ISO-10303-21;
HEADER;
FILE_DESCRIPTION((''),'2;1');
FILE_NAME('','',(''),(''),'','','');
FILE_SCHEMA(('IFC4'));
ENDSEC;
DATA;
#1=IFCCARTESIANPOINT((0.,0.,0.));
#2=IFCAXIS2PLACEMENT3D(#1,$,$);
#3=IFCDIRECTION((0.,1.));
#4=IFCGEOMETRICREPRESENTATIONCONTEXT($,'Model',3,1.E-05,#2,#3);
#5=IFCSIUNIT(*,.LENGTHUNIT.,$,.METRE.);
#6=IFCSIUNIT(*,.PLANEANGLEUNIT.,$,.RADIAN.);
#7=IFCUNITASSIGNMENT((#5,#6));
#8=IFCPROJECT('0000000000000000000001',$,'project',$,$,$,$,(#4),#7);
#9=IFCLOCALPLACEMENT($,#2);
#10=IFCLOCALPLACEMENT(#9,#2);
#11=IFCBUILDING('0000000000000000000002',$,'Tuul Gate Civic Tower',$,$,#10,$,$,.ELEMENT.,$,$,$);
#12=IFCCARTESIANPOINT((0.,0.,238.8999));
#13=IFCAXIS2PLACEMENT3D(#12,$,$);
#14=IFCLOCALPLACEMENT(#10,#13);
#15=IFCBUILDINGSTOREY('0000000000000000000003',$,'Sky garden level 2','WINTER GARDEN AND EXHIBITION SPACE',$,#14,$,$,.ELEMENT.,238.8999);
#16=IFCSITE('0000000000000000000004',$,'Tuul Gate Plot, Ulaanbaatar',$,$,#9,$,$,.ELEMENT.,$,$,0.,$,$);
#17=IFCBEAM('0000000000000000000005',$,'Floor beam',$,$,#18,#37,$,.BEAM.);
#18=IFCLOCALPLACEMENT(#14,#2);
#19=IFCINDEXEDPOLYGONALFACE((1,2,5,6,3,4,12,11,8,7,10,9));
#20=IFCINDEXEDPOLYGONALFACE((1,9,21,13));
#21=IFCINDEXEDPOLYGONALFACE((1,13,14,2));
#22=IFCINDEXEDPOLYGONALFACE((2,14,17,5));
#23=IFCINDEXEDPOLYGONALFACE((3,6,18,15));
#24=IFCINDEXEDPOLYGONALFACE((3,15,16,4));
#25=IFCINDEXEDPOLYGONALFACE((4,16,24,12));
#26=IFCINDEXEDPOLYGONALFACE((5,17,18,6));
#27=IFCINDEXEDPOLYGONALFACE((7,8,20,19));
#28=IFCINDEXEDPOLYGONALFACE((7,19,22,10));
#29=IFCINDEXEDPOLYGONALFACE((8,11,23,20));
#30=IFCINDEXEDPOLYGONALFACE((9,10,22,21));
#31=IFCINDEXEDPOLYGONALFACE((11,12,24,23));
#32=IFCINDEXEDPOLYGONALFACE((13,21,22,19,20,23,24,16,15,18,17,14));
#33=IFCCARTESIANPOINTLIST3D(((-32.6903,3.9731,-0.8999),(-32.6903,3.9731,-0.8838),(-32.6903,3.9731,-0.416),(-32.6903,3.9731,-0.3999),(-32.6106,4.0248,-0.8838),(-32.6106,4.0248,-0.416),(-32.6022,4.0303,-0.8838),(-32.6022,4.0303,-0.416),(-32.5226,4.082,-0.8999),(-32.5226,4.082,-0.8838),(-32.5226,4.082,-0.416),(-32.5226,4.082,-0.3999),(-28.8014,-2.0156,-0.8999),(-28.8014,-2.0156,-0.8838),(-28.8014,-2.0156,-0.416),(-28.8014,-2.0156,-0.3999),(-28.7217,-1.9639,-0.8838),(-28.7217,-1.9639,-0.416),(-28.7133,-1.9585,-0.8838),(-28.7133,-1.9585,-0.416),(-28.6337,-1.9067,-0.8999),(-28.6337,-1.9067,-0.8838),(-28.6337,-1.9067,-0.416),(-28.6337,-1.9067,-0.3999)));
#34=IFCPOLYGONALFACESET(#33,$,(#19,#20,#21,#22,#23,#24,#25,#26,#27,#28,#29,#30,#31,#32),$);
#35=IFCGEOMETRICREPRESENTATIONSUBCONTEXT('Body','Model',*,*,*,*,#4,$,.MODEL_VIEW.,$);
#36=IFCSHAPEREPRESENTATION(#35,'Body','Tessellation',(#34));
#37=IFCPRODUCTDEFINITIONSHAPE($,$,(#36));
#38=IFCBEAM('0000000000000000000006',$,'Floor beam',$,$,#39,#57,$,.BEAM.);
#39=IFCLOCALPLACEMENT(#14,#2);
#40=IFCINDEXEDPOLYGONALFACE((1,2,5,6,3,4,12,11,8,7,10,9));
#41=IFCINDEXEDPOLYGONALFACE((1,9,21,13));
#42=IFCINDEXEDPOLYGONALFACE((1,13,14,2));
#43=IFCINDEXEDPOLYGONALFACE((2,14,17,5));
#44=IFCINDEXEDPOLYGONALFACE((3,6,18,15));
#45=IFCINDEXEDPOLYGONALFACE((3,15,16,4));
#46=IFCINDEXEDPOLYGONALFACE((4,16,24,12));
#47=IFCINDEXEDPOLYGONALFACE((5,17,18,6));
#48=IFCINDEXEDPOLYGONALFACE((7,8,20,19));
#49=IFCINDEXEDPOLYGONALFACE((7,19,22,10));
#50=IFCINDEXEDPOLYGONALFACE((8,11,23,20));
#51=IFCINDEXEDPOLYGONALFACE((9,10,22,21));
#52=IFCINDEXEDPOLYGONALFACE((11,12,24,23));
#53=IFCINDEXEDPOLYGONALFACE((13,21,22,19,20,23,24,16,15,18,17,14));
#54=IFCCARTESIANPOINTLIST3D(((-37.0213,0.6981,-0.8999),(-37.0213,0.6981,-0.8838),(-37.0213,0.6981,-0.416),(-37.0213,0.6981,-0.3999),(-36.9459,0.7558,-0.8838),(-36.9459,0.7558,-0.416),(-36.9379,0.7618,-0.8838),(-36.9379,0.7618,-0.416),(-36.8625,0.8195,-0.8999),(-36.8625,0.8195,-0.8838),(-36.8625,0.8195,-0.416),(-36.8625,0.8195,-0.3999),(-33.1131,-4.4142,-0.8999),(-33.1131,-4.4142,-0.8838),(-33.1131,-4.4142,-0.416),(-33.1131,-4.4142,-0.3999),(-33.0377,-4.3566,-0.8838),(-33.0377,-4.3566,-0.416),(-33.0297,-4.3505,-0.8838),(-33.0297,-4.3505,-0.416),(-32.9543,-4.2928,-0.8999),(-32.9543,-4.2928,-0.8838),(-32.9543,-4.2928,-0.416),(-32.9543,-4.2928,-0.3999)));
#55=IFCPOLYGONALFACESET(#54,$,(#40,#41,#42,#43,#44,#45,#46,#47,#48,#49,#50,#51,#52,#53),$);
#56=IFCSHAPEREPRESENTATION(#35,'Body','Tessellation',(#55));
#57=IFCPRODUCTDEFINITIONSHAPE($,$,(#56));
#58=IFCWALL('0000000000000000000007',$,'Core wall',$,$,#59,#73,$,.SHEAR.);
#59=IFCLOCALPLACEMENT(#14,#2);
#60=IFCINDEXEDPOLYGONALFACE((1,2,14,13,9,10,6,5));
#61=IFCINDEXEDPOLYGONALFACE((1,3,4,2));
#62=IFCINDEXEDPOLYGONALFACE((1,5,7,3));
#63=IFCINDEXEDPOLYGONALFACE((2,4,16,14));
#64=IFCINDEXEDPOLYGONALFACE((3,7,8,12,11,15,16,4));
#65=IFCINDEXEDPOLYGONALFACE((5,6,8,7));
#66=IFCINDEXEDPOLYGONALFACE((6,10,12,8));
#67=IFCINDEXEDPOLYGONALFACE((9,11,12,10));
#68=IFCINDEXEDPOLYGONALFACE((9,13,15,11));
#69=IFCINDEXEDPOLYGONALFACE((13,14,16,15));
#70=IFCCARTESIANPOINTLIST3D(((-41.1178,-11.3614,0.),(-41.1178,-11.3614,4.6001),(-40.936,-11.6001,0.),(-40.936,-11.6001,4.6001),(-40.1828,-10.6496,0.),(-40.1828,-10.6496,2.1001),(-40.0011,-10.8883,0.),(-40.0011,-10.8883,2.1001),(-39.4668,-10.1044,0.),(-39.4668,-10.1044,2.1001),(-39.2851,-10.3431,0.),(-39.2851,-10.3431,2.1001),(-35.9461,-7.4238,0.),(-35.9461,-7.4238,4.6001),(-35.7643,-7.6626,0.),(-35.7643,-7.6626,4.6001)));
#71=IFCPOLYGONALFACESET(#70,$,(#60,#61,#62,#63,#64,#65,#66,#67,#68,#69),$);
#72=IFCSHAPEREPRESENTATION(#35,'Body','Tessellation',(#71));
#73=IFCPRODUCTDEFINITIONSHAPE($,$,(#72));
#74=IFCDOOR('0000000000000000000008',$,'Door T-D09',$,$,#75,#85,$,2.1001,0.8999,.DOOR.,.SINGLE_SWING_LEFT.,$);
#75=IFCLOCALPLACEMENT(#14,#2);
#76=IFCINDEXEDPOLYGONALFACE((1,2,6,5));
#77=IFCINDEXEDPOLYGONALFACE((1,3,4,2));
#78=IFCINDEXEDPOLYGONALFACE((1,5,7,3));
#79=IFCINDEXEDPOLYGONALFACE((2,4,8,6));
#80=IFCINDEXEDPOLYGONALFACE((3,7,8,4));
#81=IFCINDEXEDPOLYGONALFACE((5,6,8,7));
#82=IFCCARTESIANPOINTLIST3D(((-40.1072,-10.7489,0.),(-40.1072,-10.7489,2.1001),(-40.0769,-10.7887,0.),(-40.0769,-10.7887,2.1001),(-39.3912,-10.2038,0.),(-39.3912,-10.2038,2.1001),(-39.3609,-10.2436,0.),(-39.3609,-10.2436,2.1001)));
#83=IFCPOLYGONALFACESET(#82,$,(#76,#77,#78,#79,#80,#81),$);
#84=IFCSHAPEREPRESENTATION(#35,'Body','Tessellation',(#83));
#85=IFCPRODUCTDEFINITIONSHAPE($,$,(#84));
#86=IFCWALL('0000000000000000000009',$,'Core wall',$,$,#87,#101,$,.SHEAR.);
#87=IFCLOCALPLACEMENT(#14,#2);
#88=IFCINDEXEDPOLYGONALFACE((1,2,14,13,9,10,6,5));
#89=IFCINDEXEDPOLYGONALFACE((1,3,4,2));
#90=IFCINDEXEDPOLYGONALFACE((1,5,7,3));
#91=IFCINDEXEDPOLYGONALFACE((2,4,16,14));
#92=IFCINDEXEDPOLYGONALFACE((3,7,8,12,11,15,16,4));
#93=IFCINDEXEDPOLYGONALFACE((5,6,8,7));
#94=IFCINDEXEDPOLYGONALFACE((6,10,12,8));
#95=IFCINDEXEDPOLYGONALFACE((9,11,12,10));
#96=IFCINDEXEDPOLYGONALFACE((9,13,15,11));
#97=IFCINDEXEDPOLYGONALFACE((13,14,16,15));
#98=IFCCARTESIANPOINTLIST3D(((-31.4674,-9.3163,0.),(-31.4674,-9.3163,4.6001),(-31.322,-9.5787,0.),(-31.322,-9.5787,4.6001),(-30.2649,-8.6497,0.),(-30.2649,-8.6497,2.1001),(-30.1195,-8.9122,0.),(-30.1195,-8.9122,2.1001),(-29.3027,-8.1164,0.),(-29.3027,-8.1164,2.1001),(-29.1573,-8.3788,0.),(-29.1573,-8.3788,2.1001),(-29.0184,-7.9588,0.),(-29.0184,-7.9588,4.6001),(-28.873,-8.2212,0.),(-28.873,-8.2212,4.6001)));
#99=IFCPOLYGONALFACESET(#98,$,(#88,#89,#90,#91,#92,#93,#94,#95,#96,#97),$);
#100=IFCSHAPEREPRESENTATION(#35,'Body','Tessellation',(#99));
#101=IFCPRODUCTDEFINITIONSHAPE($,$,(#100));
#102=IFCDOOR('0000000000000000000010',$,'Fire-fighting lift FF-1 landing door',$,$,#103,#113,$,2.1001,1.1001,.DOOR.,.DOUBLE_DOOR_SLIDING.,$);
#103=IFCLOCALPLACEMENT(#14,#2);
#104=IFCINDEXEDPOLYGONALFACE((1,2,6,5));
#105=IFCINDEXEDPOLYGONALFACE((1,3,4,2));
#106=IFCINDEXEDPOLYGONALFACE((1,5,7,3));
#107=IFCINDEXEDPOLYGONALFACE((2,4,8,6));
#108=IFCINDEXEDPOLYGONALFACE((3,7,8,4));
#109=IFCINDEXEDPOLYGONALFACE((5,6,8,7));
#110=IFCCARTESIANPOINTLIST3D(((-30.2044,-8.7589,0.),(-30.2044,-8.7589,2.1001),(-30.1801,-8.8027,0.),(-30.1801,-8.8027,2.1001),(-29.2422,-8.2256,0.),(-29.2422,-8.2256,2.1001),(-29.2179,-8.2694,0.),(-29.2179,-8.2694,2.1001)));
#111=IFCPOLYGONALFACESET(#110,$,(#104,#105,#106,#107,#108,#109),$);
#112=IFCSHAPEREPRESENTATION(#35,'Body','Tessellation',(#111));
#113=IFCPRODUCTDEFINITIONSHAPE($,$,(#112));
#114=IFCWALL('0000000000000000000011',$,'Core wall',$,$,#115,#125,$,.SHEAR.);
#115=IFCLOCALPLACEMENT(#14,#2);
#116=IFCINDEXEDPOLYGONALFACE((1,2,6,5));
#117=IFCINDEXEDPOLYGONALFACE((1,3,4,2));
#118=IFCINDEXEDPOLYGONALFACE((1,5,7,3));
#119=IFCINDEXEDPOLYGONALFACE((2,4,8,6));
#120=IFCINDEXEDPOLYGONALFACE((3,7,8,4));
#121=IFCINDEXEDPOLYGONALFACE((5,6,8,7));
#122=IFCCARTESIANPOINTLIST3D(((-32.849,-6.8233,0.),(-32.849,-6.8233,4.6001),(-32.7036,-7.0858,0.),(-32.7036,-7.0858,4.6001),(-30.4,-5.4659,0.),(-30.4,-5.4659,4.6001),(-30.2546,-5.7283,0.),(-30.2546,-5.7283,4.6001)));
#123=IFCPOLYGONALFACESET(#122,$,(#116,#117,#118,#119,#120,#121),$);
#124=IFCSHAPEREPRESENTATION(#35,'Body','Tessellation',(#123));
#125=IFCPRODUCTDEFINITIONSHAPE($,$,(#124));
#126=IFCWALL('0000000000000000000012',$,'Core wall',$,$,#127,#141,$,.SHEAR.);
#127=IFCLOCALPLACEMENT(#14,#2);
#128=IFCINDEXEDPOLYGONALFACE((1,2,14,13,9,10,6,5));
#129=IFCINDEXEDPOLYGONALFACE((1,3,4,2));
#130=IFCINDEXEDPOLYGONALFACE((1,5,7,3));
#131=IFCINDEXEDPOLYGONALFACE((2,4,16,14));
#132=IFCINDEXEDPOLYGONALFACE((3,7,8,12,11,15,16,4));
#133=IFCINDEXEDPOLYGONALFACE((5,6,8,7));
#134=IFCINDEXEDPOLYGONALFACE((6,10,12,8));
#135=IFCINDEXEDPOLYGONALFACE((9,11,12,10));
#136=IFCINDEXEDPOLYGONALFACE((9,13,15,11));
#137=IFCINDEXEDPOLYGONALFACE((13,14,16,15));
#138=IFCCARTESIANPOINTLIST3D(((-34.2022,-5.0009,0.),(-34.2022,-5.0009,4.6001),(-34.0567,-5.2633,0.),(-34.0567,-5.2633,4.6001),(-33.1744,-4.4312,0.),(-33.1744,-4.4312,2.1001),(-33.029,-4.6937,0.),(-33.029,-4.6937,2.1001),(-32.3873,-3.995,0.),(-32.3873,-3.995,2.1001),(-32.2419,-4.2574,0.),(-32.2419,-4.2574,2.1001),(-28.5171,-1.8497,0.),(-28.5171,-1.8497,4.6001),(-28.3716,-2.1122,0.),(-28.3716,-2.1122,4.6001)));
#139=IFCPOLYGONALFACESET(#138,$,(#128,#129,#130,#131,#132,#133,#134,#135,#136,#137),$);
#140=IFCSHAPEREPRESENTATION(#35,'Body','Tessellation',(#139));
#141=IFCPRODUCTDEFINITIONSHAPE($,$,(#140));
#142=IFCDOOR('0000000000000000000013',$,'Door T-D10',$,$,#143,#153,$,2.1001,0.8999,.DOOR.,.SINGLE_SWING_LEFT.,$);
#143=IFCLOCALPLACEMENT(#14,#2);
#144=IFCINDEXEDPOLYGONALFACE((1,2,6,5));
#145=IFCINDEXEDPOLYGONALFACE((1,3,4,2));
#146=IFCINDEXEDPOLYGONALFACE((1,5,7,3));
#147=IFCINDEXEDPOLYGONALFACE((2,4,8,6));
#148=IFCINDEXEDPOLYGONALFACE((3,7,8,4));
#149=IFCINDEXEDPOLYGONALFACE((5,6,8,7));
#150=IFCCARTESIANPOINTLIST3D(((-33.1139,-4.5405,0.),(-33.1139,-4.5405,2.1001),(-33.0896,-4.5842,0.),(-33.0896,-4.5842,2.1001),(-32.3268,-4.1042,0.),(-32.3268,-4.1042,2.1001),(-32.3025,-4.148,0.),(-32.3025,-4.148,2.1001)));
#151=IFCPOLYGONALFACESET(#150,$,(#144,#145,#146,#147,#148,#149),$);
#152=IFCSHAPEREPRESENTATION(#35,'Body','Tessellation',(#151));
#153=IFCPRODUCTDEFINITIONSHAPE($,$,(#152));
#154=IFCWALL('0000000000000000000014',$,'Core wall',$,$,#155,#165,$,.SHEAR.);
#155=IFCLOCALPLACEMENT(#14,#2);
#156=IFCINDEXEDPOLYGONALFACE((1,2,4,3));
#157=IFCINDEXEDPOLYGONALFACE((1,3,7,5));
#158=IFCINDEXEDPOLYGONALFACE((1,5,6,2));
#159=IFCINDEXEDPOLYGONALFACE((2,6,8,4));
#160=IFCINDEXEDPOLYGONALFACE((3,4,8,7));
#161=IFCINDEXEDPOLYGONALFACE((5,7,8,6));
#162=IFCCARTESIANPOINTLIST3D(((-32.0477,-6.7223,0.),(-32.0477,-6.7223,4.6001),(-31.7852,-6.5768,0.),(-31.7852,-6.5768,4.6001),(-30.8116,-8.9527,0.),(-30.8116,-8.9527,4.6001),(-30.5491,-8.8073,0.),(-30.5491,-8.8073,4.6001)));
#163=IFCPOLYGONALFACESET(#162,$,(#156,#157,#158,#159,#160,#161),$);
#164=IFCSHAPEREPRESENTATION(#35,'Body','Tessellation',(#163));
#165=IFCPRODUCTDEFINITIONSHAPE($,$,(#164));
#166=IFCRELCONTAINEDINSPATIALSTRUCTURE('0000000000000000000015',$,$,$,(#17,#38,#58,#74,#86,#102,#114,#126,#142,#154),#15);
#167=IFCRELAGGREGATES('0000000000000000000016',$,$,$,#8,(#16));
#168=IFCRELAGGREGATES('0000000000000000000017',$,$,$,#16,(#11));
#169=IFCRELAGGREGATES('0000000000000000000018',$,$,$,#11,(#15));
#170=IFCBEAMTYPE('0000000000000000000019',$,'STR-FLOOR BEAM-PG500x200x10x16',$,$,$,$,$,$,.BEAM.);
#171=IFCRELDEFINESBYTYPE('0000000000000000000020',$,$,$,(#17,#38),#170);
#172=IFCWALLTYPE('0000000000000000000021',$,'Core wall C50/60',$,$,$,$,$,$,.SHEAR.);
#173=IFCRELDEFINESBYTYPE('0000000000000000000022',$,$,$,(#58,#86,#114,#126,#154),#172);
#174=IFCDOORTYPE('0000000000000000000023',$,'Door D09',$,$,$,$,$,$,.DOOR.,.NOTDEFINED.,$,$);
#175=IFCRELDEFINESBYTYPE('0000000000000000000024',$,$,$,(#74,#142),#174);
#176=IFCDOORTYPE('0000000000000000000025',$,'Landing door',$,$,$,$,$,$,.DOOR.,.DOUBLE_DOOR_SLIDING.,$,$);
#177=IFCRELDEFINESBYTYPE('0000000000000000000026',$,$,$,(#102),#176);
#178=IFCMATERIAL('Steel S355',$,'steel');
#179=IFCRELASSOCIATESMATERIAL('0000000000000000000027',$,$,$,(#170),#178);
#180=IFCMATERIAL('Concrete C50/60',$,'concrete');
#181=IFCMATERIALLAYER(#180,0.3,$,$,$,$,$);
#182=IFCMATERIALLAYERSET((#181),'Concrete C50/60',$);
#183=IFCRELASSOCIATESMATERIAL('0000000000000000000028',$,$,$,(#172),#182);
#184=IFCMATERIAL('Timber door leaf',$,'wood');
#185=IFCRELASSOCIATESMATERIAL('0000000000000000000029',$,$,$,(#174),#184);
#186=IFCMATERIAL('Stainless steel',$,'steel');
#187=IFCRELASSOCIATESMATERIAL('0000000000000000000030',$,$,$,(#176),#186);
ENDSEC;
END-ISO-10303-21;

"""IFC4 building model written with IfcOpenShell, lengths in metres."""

from ifc_helpers import new_model, si_unit, direction, frame, frame_2d, origin, origin_2d, place, context, subcontext, project, spatial, rectangle, i_section, extrude, material, layer, layer_set, material_profile, profile_set, type_object, element, fill, save


model = new_model("IFC4")

# Units and contexts
model_context = context("Model", 3, precision=1e-05, world=origin(), true_north=direction((0.0, 1.0)))
body_context = subcontext(model_context, "Body", "Model", "MODEL_VIEW")
ifc_project = project(units=[si_unit("LENGTHUNIT", "METRE"), si_unit("PLANEANGLEUNIT", "RADIAN")], contexts=[model_context])

# Site, building, storey
site_placement = place(None, origin())
site = spatial("IfcSite", under=ifc_project, at=site_placement, Name="Tuul Gate Plot, Ulaanbaatar", CompositionType="ELEMENT", RefElevation=0.0)
building_placement = place(site_placement, origin())
building = spatial("IfcBuilding", under=site, at=building_placement, Name="Tuul Gate Civic Tower", CompositionType="ELEMENT")
storey_placement = place(building_placement, frame((0.0, 0.0, 238.8999)))
storey = spatial("IfcBuildingStorey", under=building, at=storey_placement, Name="Sky garden level 2", Description="WINTER GARDEN AND EXHIBITION SPACE", CompositionType="ELEMENT", Elevation=238.8999)

# Beams
ifc_material_1 = material(Name="Steel S355", Category="steel")
ifc_material_profile = material_profile(ifc_material_1, i_section(OverallWidth=0.2, OverallDepth=0.5, WebThickness=0.01, FlangeThickness=0.0161, at=origin_2d()), Name="PG500x200x10x16")
ifc_profile_set = profile_set([ifc_material_profile], Name="Steel S355")
beam_type = type_object("IfcBeamType", Name="STR-FLOOR BEAM-PG500x200x10x16", PredefinedType="BEAM", material=ifc_profile_set)
beam_1_placement = place(storey_placement, frame((-28.7175, -1.9612, -0.6499), z_axis=(-0.544616, 0.838686, 0.0), x_axis=(-0.838686, -0.544616, 0.0)))
element("IfcBeam", 1, at=beam_1_placement, inside=storey, type_object=beam_type, Name="Floor beam", PredefinedType="BEAM", context=body_context, shape_type="SweptSolid", body=[
    extrude(i_section(OverallWidth=0.2, OverallDepth=0.5, WebThickness=0.01, FlangeThickness=0.0161, at=origin_2d()), origin(), (0.0, 0.0, 1.0), 7.1406),
])
beam_2_placement = place(storey_placement, frame((-33.0337, -4.3535, -0.6499), z_axis=(-0.607332, 0.794448, 0.0), x_axis=(-0.794448, -0.607332, 0.0)))
element("IfcBeam", 2, at=beam_2_placement, inside=storey, type_object=beam_type, Name="Floor beam", PredefinedType="BEAM", context=body_context, shape_type="SweptSolid", body=[
    extrude(i_section(OverallWidth=0.2, OverallDepth=0.5, WebThickness=0.01, FlangeThickness=0.0161, at=origin_2d()), origin(), (0.0, 0.0, 1.0), 6.4351),
])

# Walls, openings, doors
ifc_material_2 = material(Name="Concrete C50/60", Category="concrete")
ifc_layer_1 = layer(ifc_material_2, 0.3)
ifc_layer_set_1 = layer_set([ifc_layer_1], Name="Concrete C50/60")
wall_type_1 = type_object("IfcWallType", Name="Core wall C50/60", PredefinedType="SHEAR", material=ifc_layer_set_1)
wall_1_placement = place(storey_placement, frame((-35.8552, -7.5432, 0.0), z_axis=(0.0, 0.0, 1.0), x_axis=(-0.795639, -0.605772, 0.0)))
wall_1 = element("IfcWall", 3, at=wall_1_placement, inside=storey, type_object=wall_type_1, Name="Core wall", PredefinedType="SHEAR", context=body_context, shape_type="SweptSolid", body=[
    extrude(rectangle(XDim=6.5, YDim=0.3, at=frame_2d((3.25, 0.0))), origin(), (0.0, 0.0, 1.0), 4.6001),
])
opening_1_placement = place(wall_1_placement, frame((4.425, 0.0, 0.0)))
opening_1 = element("IfcOpeningElement", 4, at=opening_1_placement, cuts=wall_1, PredefinedType="OPENING", context=body_context, shape_type="SweptSolid", body=[
    extrude(rectangle(XDim=0.8999, YDim=2.1001, at=frame_2d((0.45, 1.05))), frame((0.0, 0.1602, 0.0), z_axis=(0.0, -1.0, 0.0), x_axis=(1.0, 0.0, 0.0)), (0.0, 0.0, 1.0), 0.3201),
])
ifc_material_3 = material(Name="Timber door leaf", Category="wood")
door_type_1 = type_object("IfcDoorType", Name="Door D09", OperationType="NOTDEFINED", PredefinedType="DOOR", material=ifc_material_3)
door_1_placement = place(opening_1_placement, origin())
door_1 = element("IfcDoor", 5, at=door_1_placement, inside=storey, type_object=door_type_1, Name="Door T-D09", OperationType="SINGLE_SWING_LEFT", OverallHeight=2.1001, OverallWidth=0.8999, PredefinedType="DOOR", context=body_context, shape_type="SweptSolid", body=[
    extrude(rectangle(XDim=0.8999, YDim=2.1001, at=frame_2d((0.45, 1.05))), frame((0.0, 0.0249, 0.0), z_axis=(0.0, -1.0, 0.0), x_axis=(1.0, 0.0, 0.0)), (0.0, 0.0, 1.0), 0.05),
])
fill(opening_1, door_1)
wall_2_placement = place(storey_placement, frame((-28.9458, -8.0901, 0.0), z_axis=(0.0, 0.0, 1.0), x_axis=(-0.87463, -0.484791, 0.0)))
wall_2 = element("IfcWall", 6, at=wall_2_placement, inside=storey, type_object=wall_type_1, Name="Core wall", PredefinedType="SHEAR", context=body_context, shape_type="SweptSolid", body=[
    extrude(rectangle(XDim=2.8, YDim=0.3, at=frame_2d((1.3999, 0.0))), origin(), (0.0, 0.0, 1.0), 4.6001),
])
opening_2_placement = place(wall_2_placement, frame((0.325, 0.0, 0.0)))
opening_2 = element("IfcOpeningElement", 7, at=opening_2_placement, cuts=wall_2, PredefinedType="OPENING", context=body_context, shape_type="SweptSolid", body=[
    extrude(rectangle(XDim=1.1001, YDim=2.1001, at=frame_2d((0.55, 1.05))), frame((0.0, 0.1602, 0.0), z_axis=(0.0, -1.0, 0.0), x_axis=(1.0, 0.0, 0.0)), (0.0, 0.0, 1.0), 0.3201),
])
ifc_material_4 = material(Name="Stainless steel", Category="steel")
door_type_2 = type_object("IfcDoorType", Name="Landing door", OperationType="DOUBLE_DOOR_SLIDING", PredefinedType="DOOR", material=ifc_material_4)
door_2_placement = place(opening_2_placement, origin())
door_2 = element("IfcDoor", 8, at=door_2_placement, inside=storey, type_object=door_type_2, Name="Fire-fighting lift FF-1 landing door", OperationType="DOUBLE_DOOR_SLIDING", OverallHeight=2.1001, OverallWidth=1.1001, PredefinedType="DOOR", context=body_context, shape_type="SweptSolid", body=[
    extrude(rectangle(XDim=1.1001, YDim=2.1001, at=frame_2d((0.55, 1.05))), frame((0.0, 0.0249, 0.0), z_axis=(0.0, -1.0, 0.0), x_axis=(1.0, 0.0, 0.0)), (0.0, 0.0, 1.0), 0.05),
])
fill(opening_2, door_2)

# Wall
wall_3_placement = place(storey_placement, frame((-30.3274, -5.5972, 0.0), z_axis=(0.0, 0.0, 1.0), x_axis=(-0.87463, -0.484791, 0.0)))
element("IfcWall", 9, at=wall_3_placement, inside=storey, type_object=wall_type_1, Name="Core wall", PredefinedType="SHEAR", context=body_context, shape_type="SweptSolid", body=[
    extrude(rectangle(XDim=2.8, YDim=0.3, at=frame_2d((1.3999, 0.0))), origin(), (0.0, 0.0, 1.0), 4.6001),
])

# Wall, opening, door
wall_4_placement = place(storey_placement, frame((-28.4443, -1.981, 0.0), z_axis=(0.0, 0.0, 1.0), x_axis=(-0.87463, -0.484791, 0.0)))
wall_4 = element("IfcWall", 10, at=wall_4_placement, inside=storey, type_object=wall_type_1, Name="Core wall", PredefinedType="SHEAR", context=body_context, shape_type="SweptSolid", body=[
    extrude(rectangle(XDim=6.5, YDim=0.3, at=frame_2d((3.25, 0.0))), origin(), (0.0, 0.0, 1.0), 4.6001),
])
opening_3_placement = place(wall_4_placement, frame((4.425, 0.0, 0.0)))
opening_3 = element("IfcOpeningElement", 11, at=opening_3_placement, cuts=wall_4, PredefinedType="OPENING", context=body_context, shape_type="SweptSolid", body=[
    extrude(rectangle(XDim=0.8999, YDim=2.1001, at=frame_2d((0.45, 1.05))), frame((0.0, 0.1602, 0.0), z_axis=(0.0, -1.0, 0.0), x_axis=(1.0, 0.0, 0.0)), (0.0, 0.0, 1.0), 0.3201),
])
door_3_placement = place(opening_3_placement, origin())
door_3 = element("IfcDoor", 12, at=door_3_placement, inside=storey, type_object=door_type_1, Name="Door T-D10", OperationType="SINGLE_SWING_LEFT", OverallHeight=2.1001, OverallWidth=0.8999, PredefinedType="DOOR", context=body_context, shape_type="SweptSolid", body=[
    extrude(rectangle(XDim=0.8999, YDim=2.1001, at=frame_2d((0.45, 1.05))), frame((0.0, 0.0249, 0.0), z_axis=(0.0, -1.0, 0.0), x_axis=(1.0, 0.0, 0.0)), (0.0, 0.0, 1.0), 0.05),
])
fill(opening_3, door_3)

# Wall
wall_5_placement = place(storey_placement, frame((-30.6804, -8.8799, 0.0), z_axis=(0.0, 0.0, 1.0), x_axis=(-0.484724, 0.874667, 0.0)))
element("IfcWall", 13, at=wall_5_placement, inside=storey, type_object=wall_type_1, Name="Core wall", PredefinedType="SHEAR", context=body_context, shape_type="SweptSolid", body=[
    extrude(rectangle(XDim=2.55, YDim=0.3, at=frame_2d((1.2749, 0.0))), origin(), (0.0, 0.0, 1.0), 4.6001),
])

save(model, "model.ifc")
